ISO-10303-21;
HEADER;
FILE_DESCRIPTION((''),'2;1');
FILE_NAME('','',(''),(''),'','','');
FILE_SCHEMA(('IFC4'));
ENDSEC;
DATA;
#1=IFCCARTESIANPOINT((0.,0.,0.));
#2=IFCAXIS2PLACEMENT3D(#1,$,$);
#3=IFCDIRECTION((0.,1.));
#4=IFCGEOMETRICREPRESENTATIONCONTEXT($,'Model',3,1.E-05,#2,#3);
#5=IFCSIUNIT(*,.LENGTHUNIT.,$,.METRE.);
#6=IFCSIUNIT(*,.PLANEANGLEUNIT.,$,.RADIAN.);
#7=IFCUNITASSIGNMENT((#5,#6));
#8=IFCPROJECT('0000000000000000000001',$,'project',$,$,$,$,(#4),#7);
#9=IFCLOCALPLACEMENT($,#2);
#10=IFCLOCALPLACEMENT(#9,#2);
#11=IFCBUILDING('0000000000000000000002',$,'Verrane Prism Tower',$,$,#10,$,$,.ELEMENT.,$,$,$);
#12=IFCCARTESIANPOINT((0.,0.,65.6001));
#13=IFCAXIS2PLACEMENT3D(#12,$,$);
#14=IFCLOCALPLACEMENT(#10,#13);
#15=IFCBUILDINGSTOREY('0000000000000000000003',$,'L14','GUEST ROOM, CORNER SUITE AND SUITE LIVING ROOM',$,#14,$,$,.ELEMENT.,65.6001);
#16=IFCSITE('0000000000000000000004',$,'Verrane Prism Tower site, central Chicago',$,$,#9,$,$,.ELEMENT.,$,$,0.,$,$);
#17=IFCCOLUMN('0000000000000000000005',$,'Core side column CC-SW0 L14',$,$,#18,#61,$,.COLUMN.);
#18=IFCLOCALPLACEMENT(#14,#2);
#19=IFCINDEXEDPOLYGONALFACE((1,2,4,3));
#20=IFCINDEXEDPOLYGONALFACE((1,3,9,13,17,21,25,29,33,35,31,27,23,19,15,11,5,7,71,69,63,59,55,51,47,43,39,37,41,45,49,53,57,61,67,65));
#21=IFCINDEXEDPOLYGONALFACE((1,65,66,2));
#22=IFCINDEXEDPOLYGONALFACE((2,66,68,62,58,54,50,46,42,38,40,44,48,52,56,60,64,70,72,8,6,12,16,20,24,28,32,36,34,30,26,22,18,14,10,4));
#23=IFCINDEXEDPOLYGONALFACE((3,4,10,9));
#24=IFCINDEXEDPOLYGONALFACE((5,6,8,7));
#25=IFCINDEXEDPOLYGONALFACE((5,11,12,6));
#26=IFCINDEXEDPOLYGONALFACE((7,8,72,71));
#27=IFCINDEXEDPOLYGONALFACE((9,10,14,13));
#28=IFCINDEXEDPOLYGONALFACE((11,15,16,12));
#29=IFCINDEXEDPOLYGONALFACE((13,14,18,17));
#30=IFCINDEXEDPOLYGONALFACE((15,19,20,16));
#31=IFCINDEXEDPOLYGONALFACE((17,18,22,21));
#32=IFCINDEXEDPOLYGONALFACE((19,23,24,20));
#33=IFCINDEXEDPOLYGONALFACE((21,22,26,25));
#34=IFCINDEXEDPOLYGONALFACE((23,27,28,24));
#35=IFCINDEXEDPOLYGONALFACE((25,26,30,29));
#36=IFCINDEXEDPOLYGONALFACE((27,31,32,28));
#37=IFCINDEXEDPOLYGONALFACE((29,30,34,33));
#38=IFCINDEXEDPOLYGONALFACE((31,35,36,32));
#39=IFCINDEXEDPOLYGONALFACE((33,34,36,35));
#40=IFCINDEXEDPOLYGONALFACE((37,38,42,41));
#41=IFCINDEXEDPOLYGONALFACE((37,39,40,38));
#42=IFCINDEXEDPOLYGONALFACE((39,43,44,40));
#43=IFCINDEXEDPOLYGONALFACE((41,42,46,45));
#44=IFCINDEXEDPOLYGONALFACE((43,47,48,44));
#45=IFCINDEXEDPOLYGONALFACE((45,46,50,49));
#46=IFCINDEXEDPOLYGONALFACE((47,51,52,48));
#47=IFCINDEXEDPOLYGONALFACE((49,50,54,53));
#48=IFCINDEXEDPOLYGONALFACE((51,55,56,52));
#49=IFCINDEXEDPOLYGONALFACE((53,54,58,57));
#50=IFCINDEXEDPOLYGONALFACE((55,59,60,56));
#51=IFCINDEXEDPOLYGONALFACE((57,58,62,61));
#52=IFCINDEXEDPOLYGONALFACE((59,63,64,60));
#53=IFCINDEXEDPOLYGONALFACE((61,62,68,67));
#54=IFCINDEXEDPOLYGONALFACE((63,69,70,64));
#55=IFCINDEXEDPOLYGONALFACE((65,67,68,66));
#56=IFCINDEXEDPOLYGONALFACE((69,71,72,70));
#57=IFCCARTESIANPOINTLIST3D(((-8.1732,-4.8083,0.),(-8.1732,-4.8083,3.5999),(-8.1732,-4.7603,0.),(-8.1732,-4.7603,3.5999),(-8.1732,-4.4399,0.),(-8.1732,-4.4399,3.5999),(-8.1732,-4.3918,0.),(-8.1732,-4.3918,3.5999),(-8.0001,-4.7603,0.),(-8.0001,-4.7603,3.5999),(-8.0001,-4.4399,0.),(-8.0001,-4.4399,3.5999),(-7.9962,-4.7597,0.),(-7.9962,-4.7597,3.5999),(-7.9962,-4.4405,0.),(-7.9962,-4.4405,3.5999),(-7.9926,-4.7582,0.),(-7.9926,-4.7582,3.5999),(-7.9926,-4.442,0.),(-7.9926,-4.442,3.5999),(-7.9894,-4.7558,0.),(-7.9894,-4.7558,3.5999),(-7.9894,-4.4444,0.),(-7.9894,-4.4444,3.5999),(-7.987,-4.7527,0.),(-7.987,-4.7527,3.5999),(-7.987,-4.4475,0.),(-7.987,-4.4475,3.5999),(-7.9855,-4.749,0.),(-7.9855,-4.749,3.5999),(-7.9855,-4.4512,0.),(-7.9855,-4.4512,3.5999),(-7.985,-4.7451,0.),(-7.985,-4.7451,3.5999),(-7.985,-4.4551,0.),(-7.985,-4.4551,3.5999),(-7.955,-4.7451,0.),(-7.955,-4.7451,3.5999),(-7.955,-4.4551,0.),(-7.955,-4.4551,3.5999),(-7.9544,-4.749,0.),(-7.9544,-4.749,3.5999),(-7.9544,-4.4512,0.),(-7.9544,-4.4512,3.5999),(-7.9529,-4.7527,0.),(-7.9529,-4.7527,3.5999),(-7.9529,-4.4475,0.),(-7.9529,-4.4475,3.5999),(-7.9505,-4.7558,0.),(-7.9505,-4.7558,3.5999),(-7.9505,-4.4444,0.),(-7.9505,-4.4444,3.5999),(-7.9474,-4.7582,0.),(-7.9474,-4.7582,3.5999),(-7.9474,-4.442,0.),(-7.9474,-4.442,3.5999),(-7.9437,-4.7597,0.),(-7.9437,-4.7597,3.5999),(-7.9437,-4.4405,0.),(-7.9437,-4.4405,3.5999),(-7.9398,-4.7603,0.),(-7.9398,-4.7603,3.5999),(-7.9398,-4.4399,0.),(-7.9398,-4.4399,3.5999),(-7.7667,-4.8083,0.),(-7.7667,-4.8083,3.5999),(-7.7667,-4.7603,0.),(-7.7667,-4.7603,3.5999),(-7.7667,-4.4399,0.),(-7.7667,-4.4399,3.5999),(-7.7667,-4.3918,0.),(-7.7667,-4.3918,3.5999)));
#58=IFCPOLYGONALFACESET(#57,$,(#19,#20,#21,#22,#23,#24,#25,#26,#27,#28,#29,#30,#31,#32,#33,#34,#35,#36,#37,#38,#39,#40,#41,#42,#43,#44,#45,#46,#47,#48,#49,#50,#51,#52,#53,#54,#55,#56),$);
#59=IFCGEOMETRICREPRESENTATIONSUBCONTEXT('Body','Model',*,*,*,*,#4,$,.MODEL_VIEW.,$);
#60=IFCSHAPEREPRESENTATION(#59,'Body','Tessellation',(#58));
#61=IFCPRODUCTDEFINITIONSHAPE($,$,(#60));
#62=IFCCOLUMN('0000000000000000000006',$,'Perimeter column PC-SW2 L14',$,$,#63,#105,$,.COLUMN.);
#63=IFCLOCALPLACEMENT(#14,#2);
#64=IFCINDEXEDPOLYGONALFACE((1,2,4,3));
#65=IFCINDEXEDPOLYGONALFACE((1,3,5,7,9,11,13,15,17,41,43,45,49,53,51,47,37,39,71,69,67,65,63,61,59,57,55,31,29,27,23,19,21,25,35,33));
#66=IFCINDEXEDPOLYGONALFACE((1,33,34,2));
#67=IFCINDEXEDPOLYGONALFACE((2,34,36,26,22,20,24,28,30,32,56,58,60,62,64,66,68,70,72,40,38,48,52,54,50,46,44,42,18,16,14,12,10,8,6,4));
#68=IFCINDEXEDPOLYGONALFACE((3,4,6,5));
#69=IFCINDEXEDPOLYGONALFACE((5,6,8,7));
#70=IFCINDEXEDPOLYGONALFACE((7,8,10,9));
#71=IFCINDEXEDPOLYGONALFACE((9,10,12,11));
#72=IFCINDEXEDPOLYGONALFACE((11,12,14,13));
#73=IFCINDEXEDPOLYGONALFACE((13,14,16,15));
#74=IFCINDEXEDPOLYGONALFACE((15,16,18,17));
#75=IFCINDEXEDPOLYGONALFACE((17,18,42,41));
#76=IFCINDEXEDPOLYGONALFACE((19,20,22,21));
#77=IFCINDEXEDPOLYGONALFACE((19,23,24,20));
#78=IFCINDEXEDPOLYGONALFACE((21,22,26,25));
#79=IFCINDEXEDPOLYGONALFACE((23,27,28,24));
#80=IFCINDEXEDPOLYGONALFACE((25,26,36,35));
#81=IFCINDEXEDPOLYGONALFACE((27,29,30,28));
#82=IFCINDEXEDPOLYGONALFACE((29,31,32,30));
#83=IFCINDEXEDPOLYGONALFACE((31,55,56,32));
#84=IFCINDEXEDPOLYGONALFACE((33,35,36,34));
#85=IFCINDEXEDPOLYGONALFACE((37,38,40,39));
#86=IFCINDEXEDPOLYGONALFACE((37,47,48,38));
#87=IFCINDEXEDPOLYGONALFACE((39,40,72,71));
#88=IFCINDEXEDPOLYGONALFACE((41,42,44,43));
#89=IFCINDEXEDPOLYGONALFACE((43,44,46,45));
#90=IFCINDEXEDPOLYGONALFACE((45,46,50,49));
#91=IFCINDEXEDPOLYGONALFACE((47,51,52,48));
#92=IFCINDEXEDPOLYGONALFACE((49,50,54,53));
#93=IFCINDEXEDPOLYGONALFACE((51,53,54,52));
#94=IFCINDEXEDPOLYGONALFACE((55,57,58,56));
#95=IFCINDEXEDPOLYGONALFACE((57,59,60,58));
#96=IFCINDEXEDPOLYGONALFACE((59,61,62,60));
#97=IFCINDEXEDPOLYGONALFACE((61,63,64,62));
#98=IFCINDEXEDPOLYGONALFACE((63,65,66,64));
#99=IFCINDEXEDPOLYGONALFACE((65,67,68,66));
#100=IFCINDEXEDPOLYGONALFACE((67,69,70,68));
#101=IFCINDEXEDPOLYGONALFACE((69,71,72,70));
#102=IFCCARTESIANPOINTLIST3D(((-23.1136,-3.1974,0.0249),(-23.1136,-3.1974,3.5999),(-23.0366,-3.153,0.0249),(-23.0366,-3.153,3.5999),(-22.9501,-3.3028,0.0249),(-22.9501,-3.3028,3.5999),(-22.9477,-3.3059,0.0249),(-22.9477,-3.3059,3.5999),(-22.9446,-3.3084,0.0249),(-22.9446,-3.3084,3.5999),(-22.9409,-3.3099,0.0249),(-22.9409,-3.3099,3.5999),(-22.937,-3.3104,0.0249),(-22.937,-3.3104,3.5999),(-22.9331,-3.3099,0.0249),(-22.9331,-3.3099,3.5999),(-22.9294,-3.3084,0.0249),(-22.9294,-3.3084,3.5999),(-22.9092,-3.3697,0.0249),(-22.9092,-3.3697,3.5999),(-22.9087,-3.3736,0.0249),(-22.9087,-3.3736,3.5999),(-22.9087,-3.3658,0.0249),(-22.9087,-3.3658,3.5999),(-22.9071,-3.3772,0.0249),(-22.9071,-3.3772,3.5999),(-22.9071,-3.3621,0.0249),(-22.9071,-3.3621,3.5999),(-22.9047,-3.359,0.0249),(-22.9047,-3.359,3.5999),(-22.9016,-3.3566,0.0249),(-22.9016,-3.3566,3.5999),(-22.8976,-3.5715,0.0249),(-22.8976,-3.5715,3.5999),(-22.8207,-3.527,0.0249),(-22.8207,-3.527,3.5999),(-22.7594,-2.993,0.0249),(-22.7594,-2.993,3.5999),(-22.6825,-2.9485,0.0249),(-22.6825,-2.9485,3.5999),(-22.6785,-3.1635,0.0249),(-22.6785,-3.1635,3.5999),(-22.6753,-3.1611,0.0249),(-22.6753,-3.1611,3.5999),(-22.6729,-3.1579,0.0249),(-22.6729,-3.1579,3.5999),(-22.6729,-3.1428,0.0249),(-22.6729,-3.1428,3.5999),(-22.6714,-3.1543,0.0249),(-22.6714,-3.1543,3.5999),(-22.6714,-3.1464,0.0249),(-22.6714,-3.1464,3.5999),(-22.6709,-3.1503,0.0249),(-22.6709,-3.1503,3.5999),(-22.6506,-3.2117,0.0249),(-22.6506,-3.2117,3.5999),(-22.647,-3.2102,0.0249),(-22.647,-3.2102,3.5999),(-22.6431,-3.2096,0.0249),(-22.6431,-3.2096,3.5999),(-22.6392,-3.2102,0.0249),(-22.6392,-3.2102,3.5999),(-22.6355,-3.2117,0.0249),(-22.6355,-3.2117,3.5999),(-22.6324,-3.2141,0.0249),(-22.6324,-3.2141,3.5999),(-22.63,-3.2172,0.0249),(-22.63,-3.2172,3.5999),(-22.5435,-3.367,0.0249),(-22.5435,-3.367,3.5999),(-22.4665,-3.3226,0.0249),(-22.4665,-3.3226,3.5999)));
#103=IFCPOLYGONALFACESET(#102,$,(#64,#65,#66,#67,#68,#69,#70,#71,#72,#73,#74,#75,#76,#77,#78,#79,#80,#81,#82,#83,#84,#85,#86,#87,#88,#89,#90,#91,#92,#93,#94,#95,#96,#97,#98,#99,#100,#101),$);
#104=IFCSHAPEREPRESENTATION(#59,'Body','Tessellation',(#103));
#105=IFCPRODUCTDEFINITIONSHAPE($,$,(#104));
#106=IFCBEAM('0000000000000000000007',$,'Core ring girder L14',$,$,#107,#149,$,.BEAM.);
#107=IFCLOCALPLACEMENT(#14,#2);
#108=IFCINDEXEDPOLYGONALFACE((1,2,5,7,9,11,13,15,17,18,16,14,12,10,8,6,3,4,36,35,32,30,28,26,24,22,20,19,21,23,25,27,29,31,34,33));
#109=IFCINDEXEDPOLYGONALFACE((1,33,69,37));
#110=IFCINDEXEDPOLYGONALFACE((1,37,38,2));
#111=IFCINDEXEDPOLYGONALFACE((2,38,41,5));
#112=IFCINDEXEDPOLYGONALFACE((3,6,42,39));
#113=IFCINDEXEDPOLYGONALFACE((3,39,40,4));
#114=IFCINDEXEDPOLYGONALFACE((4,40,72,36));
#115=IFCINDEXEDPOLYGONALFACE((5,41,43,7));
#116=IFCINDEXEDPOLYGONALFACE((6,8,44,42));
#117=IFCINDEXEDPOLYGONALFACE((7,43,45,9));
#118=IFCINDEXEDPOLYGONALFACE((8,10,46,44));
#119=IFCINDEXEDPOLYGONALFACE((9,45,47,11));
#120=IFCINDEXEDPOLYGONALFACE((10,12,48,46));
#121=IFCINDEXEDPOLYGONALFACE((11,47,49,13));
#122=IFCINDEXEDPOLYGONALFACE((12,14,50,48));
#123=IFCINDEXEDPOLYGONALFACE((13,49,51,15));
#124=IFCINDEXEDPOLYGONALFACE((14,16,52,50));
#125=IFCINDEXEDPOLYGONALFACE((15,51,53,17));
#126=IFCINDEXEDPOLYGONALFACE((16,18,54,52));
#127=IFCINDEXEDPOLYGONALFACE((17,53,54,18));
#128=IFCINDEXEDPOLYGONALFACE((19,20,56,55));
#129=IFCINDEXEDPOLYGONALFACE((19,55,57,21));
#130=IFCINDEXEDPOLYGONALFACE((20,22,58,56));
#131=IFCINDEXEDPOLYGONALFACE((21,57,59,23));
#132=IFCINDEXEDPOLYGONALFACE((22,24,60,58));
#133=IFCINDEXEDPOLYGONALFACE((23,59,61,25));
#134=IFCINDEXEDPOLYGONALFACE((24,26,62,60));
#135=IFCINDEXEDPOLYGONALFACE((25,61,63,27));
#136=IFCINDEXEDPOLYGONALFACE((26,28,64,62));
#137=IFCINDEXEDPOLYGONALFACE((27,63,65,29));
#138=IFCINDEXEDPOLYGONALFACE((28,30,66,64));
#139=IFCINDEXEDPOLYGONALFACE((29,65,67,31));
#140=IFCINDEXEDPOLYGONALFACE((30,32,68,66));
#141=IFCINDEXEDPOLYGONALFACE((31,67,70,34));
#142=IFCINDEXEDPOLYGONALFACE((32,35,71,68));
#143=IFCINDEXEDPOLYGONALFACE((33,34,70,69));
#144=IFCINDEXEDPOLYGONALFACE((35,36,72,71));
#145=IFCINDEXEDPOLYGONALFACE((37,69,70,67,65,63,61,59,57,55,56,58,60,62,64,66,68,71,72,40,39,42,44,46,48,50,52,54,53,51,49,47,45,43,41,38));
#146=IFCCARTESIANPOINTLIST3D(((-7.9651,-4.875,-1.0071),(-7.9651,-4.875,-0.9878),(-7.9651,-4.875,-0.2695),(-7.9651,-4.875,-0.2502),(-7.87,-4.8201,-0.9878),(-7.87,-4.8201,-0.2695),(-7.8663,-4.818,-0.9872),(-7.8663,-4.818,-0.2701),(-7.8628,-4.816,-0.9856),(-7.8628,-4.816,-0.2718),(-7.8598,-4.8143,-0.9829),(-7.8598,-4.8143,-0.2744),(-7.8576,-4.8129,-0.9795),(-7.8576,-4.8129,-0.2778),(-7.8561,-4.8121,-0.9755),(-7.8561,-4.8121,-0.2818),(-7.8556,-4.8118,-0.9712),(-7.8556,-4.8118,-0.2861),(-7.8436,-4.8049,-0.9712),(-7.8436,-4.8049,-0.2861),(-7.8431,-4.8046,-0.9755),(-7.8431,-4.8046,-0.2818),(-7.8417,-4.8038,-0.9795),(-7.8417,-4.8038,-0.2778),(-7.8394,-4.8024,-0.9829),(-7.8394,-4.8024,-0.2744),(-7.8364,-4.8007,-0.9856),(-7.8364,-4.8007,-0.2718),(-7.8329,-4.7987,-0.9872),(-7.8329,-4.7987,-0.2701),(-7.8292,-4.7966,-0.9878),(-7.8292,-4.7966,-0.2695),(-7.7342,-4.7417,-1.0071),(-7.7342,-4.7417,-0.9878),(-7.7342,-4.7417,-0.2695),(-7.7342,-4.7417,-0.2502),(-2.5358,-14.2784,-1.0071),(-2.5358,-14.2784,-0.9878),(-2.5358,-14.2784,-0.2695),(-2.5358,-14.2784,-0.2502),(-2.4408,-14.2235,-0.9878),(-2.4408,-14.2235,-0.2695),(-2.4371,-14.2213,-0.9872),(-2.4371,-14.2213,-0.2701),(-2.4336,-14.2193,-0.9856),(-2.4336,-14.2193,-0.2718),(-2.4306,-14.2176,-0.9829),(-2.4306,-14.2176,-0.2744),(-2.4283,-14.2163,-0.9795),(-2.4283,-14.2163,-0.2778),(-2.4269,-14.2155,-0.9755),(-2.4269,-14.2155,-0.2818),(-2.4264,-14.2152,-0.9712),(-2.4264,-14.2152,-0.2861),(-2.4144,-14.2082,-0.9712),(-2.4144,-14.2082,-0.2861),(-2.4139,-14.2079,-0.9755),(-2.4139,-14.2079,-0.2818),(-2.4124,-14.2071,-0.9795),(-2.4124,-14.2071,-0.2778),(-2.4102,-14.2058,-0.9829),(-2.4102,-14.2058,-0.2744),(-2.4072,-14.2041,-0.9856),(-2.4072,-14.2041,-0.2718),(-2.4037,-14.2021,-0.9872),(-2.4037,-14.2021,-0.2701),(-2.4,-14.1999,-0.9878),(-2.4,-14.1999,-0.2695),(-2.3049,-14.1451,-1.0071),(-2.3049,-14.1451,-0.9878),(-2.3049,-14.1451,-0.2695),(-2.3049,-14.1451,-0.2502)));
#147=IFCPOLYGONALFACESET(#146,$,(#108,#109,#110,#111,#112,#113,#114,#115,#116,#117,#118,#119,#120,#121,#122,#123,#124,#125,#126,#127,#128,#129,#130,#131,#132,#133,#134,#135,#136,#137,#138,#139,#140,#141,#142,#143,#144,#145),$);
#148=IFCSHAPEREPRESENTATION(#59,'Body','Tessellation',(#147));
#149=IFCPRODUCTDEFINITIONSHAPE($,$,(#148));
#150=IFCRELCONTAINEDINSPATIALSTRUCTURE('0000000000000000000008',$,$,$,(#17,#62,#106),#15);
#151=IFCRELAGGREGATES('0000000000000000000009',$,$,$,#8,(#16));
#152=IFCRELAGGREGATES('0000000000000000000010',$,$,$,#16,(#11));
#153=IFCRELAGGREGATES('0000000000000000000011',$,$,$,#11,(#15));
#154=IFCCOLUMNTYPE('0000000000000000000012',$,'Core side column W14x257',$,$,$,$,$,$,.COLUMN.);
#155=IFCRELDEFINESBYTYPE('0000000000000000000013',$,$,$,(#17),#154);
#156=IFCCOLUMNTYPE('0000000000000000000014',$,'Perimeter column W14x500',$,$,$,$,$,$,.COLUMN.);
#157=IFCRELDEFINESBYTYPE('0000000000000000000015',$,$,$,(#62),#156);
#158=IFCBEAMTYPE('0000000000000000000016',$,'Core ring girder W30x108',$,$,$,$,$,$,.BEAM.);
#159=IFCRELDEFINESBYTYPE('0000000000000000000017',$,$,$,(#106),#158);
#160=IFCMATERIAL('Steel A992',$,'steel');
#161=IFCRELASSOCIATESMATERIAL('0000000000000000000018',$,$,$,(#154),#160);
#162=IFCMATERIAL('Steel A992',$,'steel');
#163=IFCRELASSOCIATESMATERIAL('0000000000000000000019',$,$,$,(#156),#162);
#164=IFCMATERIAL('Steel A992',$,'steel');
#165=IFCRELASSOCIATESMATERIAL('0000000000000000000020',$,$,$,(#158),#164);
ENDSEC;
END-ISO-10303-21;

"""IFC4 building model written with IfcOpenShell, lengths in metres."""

from ifc_helpers import new_model, si_unit, direction, frame, origin, origin_2d, place, context, subcontext, project, spatial, i_section, extrude, material, material_profile, profile_set, type_object, element, save


model = new_model("IFC4")

# Units and contexts
model_context = context("Model", 3, precision=1e-05, world=origin(), true_north=direction((0.0, 1.0)))
body_context = subcontext(model_context, "Body", "Model", "MODEL_VIEW")
ifc_project = project(units=[si_unit("LENGTHUNIT", "METRE"), si_unit("PLANEANGLEUNIT", "RADIAN")], contexts=[model_context])

# Site, building, storey
site_placement = place(None, origin())
site = spatial("IfcSite", under=ifc_project, at=site_placement, Name="Verrane Prism Tower site, central Chicago", CompositionType="ELEMENT", RefElevation=0.0)
building_placement = place(site_placement, origin())
building = spatial("IfcBuilding", under=site, at=building_placement, Name="Verrane Prism Tower", CompositionType="ELEMENT")
storey_placement = place(building_placement, frame((0.0, 0.0, 65.6001)))
storey = spatial("IfcBuildingStorey", under=building, at=storey_placement, Name="L14", Description="GUEST ROOM, CORNER SUITE AND SUITE LIVING ROOM", CompositionType="ELEMENT", Elevation=65.6001)

# Columns
ifc_material_1 = material(Name="Steel A992", Category="steel")
ifc_material_profile_1 = material_profile(ifc_material_1, i_section(OverallWidth=0.4065, OverallDepth=0.4165, WebThickness=0.03, FlangeThickness=0.0481, FilletRadius=0.0151, at=origin_2d()), Name="W14x257")
ifc_profile_set_1 = profile_set([ifc_material_profile_1], Name="Steel A992")
column_type_1 = type_object("IfcColumnType", Name="Core side column W14x257", PredefinedType="COLUMN", material=ifc_profile_set_1)
column_1_placement = place(storey_placement, frame((-7.97, -4.6001, 0.0), z_axis=(0.0, 0.0, 1.0), x_axis=(1.0, 0.0, 0.0)))
element("IfcColumn", 1, at=column_1_placement, inside=storey, type_object=column_type_1, Name="Core side column CC-SW0 L14", PredefinedType="COLUMN", context=body_context, shape_type="SweptSolid", body=[
    extrude(i_section(OverallWidth=0.4065, OverallDepth=0.4165, WebThickness=0.03, FlangeThickness=0.0481, FilletRadius=0.0151, at=origin_2d()), origin(), (0.0, 0.0, 1.0), 3.5999),
])
ifc_material_2 = material(Name="Steel A992", Category="steel")
ifc_material_profile_2 = material_profile(ifc_material_2, i_section(OverallWidth=0.4319, OverallDepth=0.4978, WebThickness=0.0557, FlangeThickness=0.0889, FilletRadius=0.0151, at=origin_2d()), Name="W14x500")
ifc_profile_set_2 = profile_set([ifc_material_profile_2], Name="Steel A992")
column_type_2 = type_object("IfcColumnType", Name="Perimeter column W14x500", PredefinedType="COLUMN", material=ifc_profile_set_2)
column_2_placement = place(storey_placement, frame((-22.79, -3.26, 0.0249), z_axis=(0.0, 0.0, 1.0), x_axis=(-0.5, 0.866025, 0.0)))
element("IfcColumn", 2, at=column_2_placement, inside=storey, type_object=column_type_2, Name="Perimeter column PC-SW2 L14", PredefinedType="COLUMN", context=body_context, shape_type="SweptSolid", body=[
    extrude(i_section(OverallWidth=0.4319, OverallDepth=0.4978, WebThickness=0.0557, FlangeThickness=0.0889, FilletRadius=0.0151, at=origin_2d()), origin(), (0.0, 0.0, 1.0), 3.575),
])

# Beam
ifc_material_3 = material(Name="Steel A992", Category="steel")
ifc_material_profile_3 = material_profile(ifc_material_3, i_section(OverallWidth=0.2666, OverallDepth=0.7568, WebThickness=0.0139, FlangeThickness=0.0193, FilletRadius=0.0166, at=origin_2d()), Name="W30x108")
ifc_profile_set_3 = profile_set([ifc_material_profile_3], Name="Steel A992")
beam_type_1 = type_object("IfcBeamType", Name="Core ring girder W30x108", PredefinedType="BEAM", material=ifc_profile_set_3)
beam_1_placement = place(storey_placement, frame((-7.8496, -4.8083, -0.6287), z_axis=(0.500013, -0.866018, 0.0), x_axis=(0.866018, 0.500013, 0.0)))
element("IfcBeam", 3, at=beam_1_placement, inside=storey, type_object=beam_type_1, Name="Core ring girder L14", PredefinedType="BEAM", context=body_context, shape_type="SweptSolid", body=[
    extrude(i_section(OverallWidth=0.2666, OverallDepth=0.7568, WebThickness=0.0139, FlangeThickness=0.0193, FilletRadius=0.0166, at=origin_2d()), origin(), (0.0, 0.0, 1.0), 10.8582),
])

save(model, "model.ifc")
